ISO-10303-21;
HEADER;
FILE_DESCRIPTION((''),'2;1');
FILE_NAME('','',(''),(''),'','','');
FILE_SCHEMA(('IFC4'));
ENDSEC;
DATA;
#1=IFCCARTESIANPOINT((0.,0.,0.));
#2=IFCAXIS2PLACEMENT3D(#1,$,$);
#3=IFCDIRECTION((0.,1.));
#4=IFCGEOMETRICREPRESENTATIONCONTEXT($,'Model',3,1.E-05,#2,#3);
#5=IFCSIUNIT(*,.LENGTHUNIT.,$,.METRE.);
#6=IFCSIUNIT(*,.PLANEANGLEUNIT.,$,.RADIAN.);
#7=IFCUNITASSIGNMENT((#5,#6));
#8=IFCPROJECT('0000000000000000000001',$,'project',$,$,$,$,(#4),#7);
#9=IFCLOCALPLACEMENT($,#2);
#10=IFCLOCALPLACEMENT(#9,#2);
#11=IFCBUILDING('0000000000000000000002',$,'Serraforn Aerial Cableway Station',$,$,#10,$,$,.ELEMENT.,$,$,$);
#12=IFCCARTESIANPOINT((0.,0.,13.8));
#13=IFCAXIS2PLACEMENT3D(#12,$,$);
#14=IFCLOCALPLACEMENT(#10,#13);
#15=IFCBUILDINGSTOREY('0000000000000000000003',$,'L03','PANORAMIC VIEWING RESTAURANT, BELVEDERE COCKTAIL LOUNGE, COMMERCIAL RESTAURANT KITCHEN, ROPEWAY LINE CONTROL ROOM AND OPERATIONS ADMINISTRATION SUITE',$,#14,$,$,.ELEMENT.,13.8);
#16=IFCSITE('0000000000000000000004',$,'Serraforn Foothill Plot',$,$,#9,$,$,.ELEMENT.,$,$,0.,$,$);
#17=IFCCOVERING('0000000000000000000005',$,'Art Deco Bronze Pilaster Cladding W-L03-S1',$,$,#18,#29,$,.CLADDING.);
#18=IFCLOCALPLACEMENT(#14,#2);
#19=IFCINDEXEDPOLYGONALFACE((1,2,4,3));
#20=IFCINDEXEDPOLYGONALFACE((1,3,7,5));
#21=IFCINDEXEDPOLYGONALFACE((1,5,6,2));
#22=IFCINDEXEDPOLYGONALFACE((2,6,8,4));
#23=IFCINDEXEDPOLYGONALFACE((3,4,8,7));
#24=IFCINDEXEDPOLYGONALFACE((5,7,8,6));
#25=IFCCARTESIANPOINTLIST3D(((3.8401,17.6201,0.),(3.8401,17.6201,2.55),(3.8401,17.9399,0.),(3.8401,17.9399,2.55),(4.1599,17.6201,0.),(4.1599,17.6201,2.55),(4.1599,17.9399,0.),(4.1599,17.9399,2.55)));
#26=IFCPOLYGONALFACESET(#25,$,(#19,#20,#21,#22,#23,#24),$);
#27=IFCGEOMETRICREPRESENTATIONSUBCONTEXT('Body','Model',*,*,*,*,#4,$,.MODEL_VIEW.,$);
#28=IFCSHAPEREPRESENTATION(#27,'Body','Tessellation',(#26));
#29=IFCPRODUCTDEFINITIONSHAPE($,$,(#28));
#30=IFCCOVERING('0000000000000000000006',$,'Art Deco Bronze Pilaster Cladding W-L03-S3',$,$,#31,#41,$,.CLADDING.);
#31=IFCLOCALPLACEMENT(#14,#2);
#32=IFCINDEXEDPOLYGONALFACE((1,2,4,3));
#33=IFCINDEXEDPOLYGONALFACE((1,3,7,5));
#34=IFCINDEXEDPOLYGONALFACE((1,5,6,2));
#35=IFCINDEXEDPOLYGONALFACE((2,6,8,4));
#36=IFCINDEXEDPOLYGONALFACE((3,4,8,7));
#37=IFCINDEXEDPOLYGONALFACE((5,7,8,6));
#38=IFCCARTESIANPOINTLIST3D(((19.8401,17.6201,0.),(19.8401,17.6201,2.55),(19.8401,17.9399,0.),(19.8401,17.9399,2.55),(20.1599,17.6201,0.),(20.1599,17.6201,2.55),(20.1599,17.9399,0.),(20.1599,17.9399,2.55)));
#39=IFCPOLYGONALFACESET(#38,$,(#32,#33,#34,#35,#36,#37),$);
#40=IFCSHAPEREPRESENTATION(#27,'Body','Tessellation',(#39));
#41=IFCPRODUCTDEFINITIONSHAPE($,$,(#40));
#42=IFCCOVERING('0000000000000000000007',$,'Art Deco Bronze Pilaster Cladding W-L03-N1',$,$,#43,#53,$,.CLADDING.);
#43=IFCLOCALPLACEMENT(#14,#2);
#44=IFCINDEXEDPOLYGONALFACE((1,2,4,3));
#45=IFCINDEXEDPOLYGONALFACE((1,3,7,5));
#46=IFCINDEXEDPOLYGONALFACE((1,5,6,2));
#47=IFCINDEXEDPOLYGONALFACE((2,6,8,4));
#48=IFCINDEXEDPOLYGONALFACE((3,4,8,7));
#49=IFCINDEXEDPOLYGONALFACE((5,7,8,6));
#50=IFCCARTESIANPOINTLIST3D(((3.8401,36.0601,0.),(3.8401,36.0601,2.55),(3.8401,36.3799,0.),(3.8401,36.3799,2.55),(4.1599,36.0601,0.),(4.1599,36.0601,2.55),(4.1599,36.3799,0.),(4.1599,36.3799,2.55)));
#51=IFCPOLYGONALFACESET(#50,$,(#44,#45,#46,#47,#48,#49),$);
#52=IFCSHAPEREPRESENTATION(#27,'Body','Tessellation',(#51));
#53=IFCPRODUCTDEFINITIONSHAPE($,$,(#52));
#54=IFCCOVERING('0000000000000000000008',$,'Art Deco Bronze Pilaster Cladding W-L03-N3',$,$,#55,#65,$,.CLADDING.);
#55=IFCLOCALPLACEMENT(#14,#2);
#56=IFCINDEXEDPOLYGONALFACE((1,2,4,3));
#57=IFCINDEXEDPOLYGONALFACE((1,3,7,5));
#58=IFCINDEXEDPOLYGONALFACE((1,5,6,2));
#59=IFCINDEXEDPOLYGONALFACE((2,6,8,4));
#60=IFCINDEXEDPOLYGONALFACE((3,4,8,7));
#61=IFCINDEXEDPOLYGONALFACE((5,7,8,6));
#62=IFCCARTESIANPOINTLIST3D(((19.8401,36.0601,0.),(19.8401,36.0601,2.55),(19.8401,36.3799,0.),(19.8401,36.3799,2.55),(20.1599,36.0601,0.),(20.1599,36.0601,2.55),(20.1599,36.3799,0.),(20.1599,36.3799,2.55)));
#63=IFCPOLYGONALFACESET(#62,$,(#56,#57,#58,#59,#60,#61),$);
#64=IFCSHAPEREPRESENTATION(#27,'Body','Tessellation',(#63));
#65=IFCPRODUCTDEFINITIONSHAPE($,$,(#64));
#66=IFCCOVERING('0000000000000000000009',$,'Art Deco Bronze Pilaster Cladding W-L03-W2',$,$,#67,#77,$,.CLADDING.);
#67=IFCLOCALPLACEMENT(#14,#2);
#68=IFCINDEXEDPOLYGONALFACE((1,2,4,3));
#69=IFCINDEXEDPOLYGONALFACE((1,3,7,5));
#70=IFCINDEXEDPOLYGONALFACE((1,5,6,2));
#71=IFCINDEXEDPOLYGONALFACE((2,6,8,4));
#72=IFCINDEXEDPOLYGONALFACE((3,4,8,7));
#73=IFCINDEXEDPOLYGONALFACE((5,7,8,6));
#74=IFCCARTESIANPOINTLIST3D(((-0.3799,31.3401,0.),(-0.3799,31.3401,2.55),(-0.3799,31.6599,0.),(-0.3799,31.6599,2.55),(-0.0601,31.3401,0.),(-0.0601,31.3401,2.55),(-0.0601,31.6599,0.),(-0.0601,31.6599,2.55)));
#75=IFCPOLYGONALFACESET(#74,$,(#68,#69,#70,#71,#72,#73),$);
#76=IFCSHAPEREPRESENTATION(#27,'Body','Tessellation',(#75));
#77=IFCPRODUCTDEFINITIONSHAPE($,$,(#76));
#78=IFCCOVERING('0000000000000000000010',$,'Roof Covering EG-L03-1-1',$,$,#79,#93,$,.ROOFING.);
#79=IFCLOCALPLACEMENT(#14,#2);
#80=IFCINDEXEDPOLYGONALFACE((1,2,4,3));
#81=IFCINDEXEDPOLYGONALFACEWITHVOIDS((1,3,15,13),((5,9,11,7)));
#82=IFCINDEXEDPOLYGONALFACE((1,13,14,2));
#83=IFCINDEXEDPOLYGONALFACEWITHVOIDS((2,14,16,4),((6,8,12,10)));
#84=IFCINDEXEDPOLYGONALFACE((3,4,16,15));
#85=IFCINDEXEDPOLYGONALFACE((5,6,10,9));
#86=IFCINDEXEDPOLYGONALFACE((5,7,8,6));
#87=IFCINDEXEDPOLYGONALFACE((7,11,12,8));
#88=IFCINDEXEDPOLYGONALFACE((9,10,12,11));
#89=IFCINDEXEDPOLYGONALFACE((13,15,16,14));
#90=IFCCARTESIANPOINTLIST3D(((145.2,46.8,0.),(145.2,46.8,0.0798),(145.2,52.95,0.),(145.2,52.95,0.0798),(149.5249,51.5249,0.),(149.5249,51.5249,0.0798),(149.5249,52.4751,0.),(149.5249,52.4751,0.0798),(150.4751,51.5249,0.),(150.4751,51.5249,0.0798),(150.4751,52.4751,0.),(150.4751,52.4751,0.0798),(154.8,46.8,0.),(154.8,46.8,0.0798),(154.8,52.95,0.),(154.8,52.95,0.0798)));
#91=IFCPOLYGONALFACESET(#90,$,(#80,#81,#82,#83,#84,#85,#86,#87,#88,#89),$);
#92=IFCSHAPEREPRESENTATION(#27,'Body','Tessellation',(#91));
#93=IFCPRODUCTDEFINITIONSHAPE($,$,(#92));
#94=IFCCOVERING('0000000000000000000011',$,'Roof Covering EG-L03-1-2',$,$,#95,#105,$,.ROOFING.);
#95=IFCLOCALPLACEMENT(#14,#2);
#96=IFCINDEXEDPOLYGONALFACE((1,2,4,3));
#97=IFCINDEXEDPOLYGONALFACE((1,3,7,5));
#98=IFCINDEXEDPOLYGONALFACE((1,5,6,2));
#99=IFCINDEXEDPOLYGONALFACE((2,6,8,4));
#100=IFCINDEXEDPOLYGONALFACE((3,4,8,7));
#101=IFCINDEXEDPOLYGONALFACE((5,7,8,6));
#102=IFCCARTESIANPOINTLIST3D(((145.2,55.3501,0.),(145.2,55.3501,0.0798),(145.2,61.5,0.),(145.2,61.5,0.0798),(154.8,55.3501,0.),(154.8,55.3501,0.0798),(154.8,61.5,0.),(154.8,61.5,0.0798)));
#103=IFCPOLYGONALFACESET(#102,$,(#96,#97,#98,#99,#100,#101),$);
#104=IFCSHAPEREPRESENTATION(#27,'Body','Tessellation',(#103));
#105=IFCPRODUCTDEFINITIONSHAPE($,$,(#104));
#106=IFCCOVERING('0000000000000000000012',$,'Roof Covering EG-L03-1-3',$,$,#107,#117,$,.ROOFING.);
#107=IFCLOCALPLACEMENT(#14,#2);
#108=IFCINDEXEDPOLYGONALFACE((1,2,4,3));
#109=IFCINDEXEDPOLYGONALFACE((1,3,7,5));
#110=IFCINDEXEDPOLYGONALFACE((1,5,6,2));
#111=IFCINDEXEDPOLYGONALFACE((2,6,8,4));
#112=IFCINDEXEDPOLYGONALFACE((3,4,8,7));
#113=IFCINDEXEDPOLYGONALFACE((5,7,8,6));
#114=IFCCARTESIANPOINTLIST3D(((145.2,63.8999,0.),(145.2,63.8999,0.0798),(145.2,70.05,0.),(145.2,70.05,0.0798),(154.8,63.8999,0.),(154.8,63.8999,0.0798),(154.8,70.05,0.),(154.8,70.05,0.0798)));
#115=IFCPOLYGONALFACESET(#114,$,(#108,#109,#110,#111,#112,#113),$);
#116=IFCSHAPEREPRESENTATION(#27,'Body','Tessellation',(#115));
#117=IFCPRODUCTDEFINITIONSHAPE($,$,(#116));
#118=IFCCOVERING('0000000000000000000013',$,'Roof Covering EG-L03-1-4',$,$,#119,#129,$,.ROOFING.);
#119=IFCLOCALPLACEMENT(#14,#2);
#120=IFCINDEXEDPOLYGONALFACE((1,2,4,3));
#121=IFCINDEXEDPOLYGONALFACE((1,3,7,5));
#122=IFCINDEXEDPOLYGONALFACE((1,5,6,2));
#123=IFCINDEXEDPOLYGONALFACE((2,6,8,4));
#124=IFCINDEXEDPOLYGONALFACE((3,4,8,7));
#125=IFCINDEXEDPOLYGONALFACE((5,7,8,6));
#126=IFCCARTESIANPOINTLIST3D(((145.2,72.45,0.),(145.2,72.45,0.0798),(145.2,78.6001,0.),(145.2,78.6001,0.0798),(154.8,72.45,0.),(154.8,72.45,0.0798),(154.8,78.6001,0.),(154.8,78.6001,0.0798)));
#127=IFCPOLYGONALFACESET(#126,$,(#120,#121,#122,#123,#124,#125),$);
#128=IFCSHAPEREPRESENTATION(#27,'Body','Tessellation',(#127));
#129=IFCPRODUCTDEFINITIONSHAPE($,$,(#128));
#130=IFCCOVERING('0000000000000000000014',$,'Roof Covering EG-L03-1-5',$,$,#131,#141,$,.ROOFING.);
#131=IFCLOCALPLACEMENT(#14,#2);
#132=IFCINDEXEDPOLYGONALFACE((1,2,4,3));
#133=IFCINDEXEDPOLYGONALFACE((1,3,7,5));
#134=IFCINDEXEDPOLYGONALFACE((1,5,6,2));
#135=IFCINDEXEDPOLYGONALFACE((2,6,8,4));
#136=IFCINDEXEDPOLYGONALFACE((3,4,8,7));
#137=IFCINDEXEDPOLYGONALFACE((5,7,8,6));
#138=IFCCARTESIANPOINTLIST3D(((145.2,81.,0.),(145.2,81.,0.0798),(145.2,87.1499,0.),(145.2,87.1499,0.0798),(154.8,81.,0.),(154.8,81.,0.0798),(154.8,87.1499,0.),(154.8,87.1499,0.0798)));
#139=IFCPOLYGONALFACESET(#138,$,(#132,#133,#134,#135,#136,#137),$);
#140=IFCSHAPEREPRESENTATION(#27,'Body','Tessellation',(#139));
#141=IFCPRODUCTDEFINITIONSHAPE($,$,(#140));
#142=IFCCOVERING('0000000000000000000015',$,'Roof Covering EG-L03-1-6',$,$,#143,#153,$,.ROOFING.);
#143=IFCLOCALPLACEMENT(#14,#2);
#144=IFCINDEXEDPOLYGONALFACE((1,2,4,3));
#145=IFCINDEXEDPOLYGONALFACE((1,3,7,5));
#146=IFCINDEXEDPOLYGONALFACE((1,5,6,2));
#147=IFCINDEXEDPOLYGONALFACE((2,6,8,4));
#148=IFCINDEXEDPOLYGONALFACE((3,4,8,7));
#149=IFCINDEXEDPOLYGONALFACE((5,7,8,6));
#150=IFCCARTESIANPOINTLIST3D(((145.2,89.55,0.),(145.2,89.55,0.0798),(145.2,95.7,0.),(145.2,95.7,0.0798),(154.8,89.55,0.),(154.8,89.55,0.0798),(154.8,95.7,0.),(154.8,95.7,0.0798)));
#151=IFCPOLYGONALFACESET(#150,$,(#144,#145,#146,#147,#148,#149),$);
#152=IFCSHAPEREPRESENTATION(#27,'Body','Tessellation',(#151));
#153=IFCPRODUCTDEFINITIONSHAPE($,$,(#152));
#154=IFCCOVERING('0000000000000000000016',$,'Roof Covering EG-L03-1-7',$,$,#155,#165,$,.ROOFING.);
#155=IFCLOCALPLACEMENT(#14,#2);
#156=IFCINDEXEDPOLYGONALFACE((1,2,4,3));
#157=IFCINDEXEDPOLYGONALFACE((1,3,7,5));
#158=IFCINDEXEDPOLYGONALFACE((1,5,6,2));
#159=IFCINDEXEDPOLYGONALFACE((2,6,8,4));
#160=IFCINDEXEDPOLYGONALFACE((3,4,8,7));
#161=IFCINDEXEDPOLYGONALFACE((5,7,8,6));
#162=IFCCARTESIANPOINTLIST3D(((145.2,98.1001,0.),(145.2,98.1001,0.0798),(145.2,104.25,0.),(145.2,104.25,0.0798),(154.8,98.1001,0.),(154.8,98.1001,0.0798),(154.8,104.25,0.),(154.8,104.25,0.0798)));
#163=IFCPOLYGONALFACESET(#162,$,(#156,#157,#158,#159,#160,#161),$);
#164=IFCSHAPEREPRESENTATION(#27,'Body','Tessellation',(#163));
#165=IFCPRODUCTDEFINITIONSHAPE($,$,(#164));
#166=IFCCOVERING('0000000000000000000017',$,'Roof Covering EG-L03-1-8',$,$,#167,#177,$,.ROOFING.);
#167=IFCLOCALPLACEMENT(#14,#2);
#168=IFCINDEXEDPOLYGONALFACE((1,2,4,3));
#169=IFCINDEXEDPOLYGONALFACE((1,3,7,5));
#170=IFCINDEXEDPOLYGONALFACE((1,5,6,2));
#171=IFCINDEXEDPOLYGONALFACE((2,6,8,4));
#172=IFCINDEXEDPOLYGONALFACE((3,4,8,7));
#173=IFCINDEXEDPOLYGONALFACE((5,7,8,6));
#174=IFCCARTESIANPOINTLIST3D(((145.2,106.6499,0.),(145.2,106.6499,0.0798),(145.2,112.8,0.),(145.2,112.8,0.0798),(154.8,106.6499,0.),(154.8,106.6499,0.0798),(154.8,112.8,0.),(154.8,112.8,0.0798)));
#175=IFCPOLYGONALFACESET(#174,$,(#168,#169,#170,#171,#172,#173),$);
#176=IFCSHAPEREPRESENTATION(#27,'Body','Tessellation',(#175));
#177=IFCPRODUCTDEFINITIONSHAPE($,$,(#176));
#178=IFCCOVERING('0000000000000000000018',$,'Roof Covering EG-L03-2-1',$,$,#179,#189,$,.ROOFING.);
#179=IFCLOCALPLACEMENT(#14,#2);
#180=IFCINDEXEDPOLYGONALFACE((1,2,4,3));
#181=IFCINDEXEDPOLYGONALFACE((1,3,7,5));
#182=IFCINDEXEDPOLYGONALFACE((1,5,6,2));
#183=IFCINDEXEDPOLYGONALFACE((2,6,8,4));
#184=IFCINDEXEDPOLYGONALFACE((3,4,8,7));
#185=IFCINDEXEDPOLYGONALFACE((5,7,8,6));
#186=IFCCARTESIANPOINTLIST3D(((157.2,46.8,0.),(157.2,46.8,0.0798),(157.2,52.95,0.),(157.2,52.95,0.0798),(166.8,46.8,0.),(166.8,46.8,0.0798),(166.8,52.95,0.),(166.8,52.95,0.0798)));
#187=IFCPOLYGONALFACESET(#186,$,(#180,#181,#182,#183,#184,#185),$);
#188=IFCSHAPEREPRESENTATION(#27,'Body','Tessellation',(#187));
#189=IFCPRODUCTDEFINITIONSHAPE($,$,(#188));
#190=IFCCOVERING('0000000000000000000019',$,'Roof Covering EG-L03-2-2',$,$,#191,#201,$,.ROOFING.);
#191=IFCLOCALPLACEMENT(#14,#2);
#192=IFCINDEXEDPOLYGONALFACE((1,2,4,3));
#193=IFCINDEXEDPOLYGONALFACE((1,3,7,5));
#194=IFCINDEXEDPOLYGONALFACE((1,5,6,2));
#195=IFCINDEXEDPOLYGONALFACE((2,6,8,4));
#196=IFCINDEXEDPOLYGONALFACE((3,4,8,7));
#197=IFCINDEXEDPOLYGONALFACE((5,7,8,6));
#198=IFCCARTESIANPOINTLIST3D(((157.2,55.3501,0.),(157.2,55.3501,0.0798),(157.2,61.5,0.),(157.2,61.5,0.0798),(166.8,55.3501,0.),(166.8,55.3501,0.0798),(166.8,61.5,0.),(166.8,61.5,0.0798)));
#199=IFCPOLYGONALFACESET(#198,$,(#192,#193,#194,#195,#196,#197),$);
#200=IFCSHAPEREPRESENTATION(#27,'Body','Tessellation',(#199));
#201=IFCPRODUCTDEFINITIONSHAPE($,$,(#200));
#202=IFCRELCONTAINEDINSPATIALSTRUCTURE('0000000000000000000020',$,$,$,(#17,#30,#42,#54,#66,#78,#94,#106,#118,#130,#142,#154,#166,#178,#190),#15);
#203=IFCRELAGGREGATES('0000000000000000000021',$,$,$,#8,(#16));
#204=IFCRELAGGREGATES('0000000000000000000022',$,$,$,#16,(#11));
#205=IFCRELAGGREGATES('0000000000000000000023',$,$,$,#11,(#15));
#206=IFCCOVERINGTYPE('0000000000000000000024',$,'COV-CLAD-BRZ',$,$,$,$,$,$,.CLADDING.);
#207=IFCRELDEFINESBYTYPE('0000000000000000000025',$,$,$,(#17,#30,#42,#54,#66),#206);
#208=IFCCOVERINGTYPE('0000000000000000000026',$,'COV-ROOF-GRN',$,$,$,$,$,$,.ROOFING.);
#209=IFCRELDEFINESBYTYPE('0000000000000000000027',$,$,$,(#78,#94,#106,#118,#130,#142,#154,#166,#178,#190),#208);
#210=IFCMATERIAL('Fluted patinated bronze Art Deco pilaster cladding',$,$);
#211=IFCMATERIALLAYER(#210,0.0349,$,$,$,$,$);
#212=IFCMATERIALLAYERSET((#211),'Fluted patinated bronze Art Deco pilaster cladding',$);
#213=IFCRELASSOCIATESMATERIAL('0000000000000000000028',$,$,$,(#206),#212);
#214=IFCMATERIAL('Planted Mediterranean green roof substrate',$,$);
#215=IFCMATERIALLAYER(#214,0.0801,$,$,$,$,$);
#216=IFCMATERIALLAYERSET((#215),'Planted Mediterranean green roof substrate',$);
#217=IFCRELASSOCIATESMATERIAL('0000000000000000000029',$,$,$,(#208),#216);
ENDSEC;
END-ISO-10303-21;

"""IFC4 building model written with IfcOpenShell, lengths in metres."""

from ifc_helpers import new_model, si_unit, direction, frame, origin, place, context, subcontext, project, spatial, polyline, outline, extrude, material, layer, layer_set, type_object, element, save


model = new_model("IFC4")

# Units and contexts
model_context = context("Model", 3, precision=1e-05, world=origin(), true_north=direction((0.0, 1.0)))
body_context = subcontext(model_context, "Body", "Model", "MODEL_VIEW")
ifc_project = project(units=[si_unit("LENGTHUNIT", "METRE"), si_unit("PLANEANGLEUNIT", "RADIAN")], contexts=[model_context])

# Site, building, storey
site_placement = place(None, origin())
site = spatial("IfcSite", under=ifc_project, at=site_placement, Name="Serraforn Foothill Plot", CompositionType="ELEMENT", RefElevation=0.0)
building_placement = place(site_placement, origin())
building = spatial("IfcBuilding", under=site, at=building_placement, Name="Serraforn Aerial Cableway Station", CompositionType="ELEMENT")
storey_placement = place(building_placement, frame((0.0, 0.0, 13.8)))
storey = spatial("IfcBuildingStorey", under=building, at=storey_placement, Name="L03", Description="PANORAMIC VIEWING RESTAURANT, BELVEDERE COCKTAIL LOUNGE, COMMERCIAL RESTAURANT KITCHEN, ROPEWAY LINE CONTROL ROOM AND OPERATIONS ADMINISTRATION SUITE", CompositionType="ELEMENT", Elevation=13.8)

# Coverings
ifc_material_1 = material(Name="Fluted patinated bronze Art Deco pilaster cladding")
ifc_layer_1 = layer(ifc_material_1, 0.0349)
ifc_layer_set_1 = layer_set([ifc_layer_1], Name="Fluted patinated bronze Art Deco pilaster cladding")
covering_type_1 = type_object("IfcCoveringType", Name="COV-CLAD-BRZ", PredefinedType="CLADDING", material=ifc_layer_set_1)
covering_1_placement = place(storey_placement, origin())
element("IfcCovering", 1, at=covering_1_placement, inside=storey, type_object=covering_type_1, Name="Art Deco Bronze Pilaster Cladding W-L03-S1", PredefinedType="CLADDING", context=body_context, shape_type="SweptSolid", body=[
    extrude(outline(polyline([(3.8401, 17.6201), (4.1599, 17.6201), (4.1599, 17.9399), (3.8401, 17.9399), (3.8401, 17.6201)])), origin(), (0.0, 0.0, 1.0), 2.55),
])
covering_2_placement = place(storey_placement, origin())
element("IfcCovering", 2, at=covering_2_placement, inside=storey, type_object=covering_type_1, Name="Art Deco Bronze Pilaster Cladding W-L03-S3", PredefinedType="CLADDING", context=body_context, shape_type="SweptSolid", body=[
    extrude(outline(polyline([(19.8401, 17.6201), (20.1599, 17.6201), (20.1599, 17.9399), (19.8401, 17.9399), (19.8401, 17.6201)])), origin(), (0.0, 0.0, 1.0), 2.55),
])
covering_3_placement = place(storey_placement, origin())
element("IfcCovering", 3, at=covering_3_placement, inside=storey, type_object=covering_type_1, Name="Art Deco Bronze Pilaster Cladding W-L03-N1", PredefinedType="CLADDING", context=body_context, shape_type="SweptSolid", body=[
    extrude(outline(polyline([(3.8401, 36.0601), (4.1599, 36.0601), (4.1599, 36.3799), (3.8401, 36.3799), (3.8401, 36.0601)])), origin(), (0.0, 0.0, 1.0), 2.55),
])
covering_4_placement = place(storey_placement, origin())
element("IfcCovering", 4, at=covering_4_placement, inside=storey, type_object=covering_type_1, Name="Art Deco Bronze Pilaster Cladding W-L03-N3", PredefinedType="CLADDING", context=body_context, shape_type="SweptSolid", body=[
    extrude(outline(polyline([(19.8401, 36.0601), (20.1599, 36.0601), (20.1599, 36.3799), (19.8401, 36.3799), (19.8401, 36.0601)])), origin(), (0.0, 0.0, 1.0), 2.55),
])
covering_5_placement = place(storey_placement, origin())
element("IfcCovering", 5, at=covering_5_placement, inside=storey, type_object=covering_type_1, Name="Art Deco Bronze Pilaster Cladding W-L03-W2", PredefinedType="CLADDING", context=body_context, shape_type="SweptSolid", body=[
    extrude(outline(polyline([(-0.3799, 31.3401), (-0.0601, 31.3401), (-0.0601, 31.6599), (-0.3799, 31.6599), (-0.3799, 31.3401)])), origin(), (0.0, 0.0, 1.0), 2.55),
])
ifc_material_2 = material(Name="Planted Mediterranean green roof substrate")
ifc_layer_2 = layer(ifc_material_2, 0.0801)
ifc_layer_set_2 = layer_set([ifc_layer_2], Name="Planted Mediterranean green roof substrate")
covering_type_2 = type_object("IfcCoveringType", Name="COV-ROOF-GRN", PredefinedType="ROOFING", material=ifc_layer_set_2)
covering_6_placement = place(storey_placement, origin())
element("IfcCovering", 6, at=covering_6_placement, inside=storey, type_object=covering_type_2, Name="Roof Covering EG-L03-1-1", PredefinedType="ROOFING", context=body_context, shape_type="SweptSolid", body=[
    extrude(outline(polyline([(145.2, 46.8), (154.8, 46.8), (154.8, 52.95), (145.2, 52.95), (145.2, 46.8)]), holes=[polyline([(149.5249, 51.5249), (150.4751, 51.5249), (150.4751, 52.4751), (149.5249, 52.4751), (149.5249, 51.5249)])]), origin(), (0.0, 0.0, 1.0), 0.0798),
])
covering_7_placement = place(storey_placement, origin())
element("IfcCovering", 7, at=covering_7_placement, inside=storey, type_object=covering_type_2, Name="Roof Covering EG-L03-1-2", PredefinedType="ROOFING", context=body_context, shape_type="SweptSolid", body=[
    extrude(outline(polyline([(145.2, 55.3501), (154.8, 55.3501), (154.8, 61.5), (145.2, 61.5), (145.2, 55.3501)])), origin(), (0.0, 0.0, 1.0), 0.0798),
])
covering_8_placement = place(storey_placement, origin())
element("IfcCovering", 8, at=covering_8_placement, inside=storey, type_object=covering_type_2, Name="Roof Covering EG-L03-1-3", PredefinedType="ROOFING", context=body_context, shape_type="SweptSolid", body=[
    extrude(outline(polyline([(145.2, 63.8999), (154.8, 63.8999), (154.8, 70.05), (145.2, 70.05), (145.2, 63.8999)])), origin(), (0.0, 0.0, 1.0), 0.0798),
])
covering_9_placement = place(storey_placement, origin())
element("IfcCovering", 9, at=covering_9_placement, inside=storey, type_object=covering_type_2, Name="Roof Covering EG-L03-1-4", PredefinedType="ROOFING", context=body_context, shape_type="SweptSolid", body=[
    extrude(outline(polyline([(145.2, 72.45), (154.8, 72.45), (154.8, 78.6001), (145.2, 78.6001), (145.2, 72.45)])), origin(), (0.0, 0.0, 1.0), 0.0798),
])
covering_10_placement = place(storey_placement, origin())
element("IfcCovering", 10, at=covering_10_placement, inside=storey, type_object=covering_type_2, Name="Roof Covering EG-L03-1-5", PredefinedType="ROOFING", context=body_context, shape_type="SweptSolid", body=[
    extrude(outline(polyline([(145.2, 81.0), (154.8, 81.0), (154.8, 87.1499), (145.2, 87.1499), (145.2, 81.0)])), origin(), (0.0, 0.0, 1.0), 0.0798),
])
covering_11_placement = place(storey_placement, origin())
element("IfcCovering", 11, at=covering_11_placement, inside=storey, type_object=covering_type_2, Name="Roof Covering EG-L03-1-6", PredefinedType="ROOFING", context=body_context, shape_type="SweptSolid", body=[
    extrude(outline(polyline([(145.2, 89.55), (154.8, 89.55), (154.8, 95.7), (145.2, 95.7), (145.2, 89.55)])), origin(), (0.0, 0.0, 1.0), 0.0798),
])
covering_12_placement = place(storey_placement, origin())
element("IfcCovering", 12, at=covering_12_placement, inside=storey, type_object=covering_type_2, Name="Roof Covering EG-L03-1-7", PredefinedType="ROOFING", context=body_context, shape_type="SweptSolid", body=[
    extrude(outline(polyline([(145.2, 98.1001), (154.8, 98.1001), (154.8, 104.25), (145.2, 104.25), (145.2, 98.1001)])), origin(), (0.0, 0.0, 1.0), 0.0798),
])
covering_13_placement = place(storey_placement, origin())
element("IfcCovering", 13, at=covering_13_placement, inside=storey, type_object=covering_type_2, Name="Roof Covering EG-L03-1-8", PredefinedType="ROOFING", context=body_context, shape_type="SweptSolid", body=[
    extrude(outline(polyline([(145.2, 106.6499), (154.8, 106.6499), (154.8, 112.8), (145.2, 112.8), (145.2, 106.6499)])), origin(), (0.0, 0.0, 1.0), 0.0798),
])
covering_14_placement = place(storey_placement, origin())
element("IfcCovering", 14, at=covering_14_placement, inside=storey, type_object=covering_type_2, Name="Roof Covering EG-L03-2-1", PredefinedType="ROOFING", context=body_context, shape_type="SweptSolid", body=[
    extrude(outline(polyline([(157.2, 46.8), (166.8, 46.8), (166.8, 52.95), (157.2, 52.95), (157.2, 46.8)])), origin(), (0.0, 0.0, 1.0), 0.0798),
])
covering_15_placement = place(storey_placement, origin())
element("IfcCovering", 15, at=covering_15_placement, inside=storey, type_object=covering_type_2, Name="Roof Covering EG-L03-2-2", PredefinedType="ROOFING", context=body_context, shape_type="SweptSolid", body=[
    extrude(outline(polyline([(157.2, 55.3501), (166.8, 55.3501), (166.8, 61.5), (157.2, 61.5), (157.2, 55.3501)])), origin(), (0.0, 0.0, 1.0), 0.0798),
])

save(model, "model.ifc")
